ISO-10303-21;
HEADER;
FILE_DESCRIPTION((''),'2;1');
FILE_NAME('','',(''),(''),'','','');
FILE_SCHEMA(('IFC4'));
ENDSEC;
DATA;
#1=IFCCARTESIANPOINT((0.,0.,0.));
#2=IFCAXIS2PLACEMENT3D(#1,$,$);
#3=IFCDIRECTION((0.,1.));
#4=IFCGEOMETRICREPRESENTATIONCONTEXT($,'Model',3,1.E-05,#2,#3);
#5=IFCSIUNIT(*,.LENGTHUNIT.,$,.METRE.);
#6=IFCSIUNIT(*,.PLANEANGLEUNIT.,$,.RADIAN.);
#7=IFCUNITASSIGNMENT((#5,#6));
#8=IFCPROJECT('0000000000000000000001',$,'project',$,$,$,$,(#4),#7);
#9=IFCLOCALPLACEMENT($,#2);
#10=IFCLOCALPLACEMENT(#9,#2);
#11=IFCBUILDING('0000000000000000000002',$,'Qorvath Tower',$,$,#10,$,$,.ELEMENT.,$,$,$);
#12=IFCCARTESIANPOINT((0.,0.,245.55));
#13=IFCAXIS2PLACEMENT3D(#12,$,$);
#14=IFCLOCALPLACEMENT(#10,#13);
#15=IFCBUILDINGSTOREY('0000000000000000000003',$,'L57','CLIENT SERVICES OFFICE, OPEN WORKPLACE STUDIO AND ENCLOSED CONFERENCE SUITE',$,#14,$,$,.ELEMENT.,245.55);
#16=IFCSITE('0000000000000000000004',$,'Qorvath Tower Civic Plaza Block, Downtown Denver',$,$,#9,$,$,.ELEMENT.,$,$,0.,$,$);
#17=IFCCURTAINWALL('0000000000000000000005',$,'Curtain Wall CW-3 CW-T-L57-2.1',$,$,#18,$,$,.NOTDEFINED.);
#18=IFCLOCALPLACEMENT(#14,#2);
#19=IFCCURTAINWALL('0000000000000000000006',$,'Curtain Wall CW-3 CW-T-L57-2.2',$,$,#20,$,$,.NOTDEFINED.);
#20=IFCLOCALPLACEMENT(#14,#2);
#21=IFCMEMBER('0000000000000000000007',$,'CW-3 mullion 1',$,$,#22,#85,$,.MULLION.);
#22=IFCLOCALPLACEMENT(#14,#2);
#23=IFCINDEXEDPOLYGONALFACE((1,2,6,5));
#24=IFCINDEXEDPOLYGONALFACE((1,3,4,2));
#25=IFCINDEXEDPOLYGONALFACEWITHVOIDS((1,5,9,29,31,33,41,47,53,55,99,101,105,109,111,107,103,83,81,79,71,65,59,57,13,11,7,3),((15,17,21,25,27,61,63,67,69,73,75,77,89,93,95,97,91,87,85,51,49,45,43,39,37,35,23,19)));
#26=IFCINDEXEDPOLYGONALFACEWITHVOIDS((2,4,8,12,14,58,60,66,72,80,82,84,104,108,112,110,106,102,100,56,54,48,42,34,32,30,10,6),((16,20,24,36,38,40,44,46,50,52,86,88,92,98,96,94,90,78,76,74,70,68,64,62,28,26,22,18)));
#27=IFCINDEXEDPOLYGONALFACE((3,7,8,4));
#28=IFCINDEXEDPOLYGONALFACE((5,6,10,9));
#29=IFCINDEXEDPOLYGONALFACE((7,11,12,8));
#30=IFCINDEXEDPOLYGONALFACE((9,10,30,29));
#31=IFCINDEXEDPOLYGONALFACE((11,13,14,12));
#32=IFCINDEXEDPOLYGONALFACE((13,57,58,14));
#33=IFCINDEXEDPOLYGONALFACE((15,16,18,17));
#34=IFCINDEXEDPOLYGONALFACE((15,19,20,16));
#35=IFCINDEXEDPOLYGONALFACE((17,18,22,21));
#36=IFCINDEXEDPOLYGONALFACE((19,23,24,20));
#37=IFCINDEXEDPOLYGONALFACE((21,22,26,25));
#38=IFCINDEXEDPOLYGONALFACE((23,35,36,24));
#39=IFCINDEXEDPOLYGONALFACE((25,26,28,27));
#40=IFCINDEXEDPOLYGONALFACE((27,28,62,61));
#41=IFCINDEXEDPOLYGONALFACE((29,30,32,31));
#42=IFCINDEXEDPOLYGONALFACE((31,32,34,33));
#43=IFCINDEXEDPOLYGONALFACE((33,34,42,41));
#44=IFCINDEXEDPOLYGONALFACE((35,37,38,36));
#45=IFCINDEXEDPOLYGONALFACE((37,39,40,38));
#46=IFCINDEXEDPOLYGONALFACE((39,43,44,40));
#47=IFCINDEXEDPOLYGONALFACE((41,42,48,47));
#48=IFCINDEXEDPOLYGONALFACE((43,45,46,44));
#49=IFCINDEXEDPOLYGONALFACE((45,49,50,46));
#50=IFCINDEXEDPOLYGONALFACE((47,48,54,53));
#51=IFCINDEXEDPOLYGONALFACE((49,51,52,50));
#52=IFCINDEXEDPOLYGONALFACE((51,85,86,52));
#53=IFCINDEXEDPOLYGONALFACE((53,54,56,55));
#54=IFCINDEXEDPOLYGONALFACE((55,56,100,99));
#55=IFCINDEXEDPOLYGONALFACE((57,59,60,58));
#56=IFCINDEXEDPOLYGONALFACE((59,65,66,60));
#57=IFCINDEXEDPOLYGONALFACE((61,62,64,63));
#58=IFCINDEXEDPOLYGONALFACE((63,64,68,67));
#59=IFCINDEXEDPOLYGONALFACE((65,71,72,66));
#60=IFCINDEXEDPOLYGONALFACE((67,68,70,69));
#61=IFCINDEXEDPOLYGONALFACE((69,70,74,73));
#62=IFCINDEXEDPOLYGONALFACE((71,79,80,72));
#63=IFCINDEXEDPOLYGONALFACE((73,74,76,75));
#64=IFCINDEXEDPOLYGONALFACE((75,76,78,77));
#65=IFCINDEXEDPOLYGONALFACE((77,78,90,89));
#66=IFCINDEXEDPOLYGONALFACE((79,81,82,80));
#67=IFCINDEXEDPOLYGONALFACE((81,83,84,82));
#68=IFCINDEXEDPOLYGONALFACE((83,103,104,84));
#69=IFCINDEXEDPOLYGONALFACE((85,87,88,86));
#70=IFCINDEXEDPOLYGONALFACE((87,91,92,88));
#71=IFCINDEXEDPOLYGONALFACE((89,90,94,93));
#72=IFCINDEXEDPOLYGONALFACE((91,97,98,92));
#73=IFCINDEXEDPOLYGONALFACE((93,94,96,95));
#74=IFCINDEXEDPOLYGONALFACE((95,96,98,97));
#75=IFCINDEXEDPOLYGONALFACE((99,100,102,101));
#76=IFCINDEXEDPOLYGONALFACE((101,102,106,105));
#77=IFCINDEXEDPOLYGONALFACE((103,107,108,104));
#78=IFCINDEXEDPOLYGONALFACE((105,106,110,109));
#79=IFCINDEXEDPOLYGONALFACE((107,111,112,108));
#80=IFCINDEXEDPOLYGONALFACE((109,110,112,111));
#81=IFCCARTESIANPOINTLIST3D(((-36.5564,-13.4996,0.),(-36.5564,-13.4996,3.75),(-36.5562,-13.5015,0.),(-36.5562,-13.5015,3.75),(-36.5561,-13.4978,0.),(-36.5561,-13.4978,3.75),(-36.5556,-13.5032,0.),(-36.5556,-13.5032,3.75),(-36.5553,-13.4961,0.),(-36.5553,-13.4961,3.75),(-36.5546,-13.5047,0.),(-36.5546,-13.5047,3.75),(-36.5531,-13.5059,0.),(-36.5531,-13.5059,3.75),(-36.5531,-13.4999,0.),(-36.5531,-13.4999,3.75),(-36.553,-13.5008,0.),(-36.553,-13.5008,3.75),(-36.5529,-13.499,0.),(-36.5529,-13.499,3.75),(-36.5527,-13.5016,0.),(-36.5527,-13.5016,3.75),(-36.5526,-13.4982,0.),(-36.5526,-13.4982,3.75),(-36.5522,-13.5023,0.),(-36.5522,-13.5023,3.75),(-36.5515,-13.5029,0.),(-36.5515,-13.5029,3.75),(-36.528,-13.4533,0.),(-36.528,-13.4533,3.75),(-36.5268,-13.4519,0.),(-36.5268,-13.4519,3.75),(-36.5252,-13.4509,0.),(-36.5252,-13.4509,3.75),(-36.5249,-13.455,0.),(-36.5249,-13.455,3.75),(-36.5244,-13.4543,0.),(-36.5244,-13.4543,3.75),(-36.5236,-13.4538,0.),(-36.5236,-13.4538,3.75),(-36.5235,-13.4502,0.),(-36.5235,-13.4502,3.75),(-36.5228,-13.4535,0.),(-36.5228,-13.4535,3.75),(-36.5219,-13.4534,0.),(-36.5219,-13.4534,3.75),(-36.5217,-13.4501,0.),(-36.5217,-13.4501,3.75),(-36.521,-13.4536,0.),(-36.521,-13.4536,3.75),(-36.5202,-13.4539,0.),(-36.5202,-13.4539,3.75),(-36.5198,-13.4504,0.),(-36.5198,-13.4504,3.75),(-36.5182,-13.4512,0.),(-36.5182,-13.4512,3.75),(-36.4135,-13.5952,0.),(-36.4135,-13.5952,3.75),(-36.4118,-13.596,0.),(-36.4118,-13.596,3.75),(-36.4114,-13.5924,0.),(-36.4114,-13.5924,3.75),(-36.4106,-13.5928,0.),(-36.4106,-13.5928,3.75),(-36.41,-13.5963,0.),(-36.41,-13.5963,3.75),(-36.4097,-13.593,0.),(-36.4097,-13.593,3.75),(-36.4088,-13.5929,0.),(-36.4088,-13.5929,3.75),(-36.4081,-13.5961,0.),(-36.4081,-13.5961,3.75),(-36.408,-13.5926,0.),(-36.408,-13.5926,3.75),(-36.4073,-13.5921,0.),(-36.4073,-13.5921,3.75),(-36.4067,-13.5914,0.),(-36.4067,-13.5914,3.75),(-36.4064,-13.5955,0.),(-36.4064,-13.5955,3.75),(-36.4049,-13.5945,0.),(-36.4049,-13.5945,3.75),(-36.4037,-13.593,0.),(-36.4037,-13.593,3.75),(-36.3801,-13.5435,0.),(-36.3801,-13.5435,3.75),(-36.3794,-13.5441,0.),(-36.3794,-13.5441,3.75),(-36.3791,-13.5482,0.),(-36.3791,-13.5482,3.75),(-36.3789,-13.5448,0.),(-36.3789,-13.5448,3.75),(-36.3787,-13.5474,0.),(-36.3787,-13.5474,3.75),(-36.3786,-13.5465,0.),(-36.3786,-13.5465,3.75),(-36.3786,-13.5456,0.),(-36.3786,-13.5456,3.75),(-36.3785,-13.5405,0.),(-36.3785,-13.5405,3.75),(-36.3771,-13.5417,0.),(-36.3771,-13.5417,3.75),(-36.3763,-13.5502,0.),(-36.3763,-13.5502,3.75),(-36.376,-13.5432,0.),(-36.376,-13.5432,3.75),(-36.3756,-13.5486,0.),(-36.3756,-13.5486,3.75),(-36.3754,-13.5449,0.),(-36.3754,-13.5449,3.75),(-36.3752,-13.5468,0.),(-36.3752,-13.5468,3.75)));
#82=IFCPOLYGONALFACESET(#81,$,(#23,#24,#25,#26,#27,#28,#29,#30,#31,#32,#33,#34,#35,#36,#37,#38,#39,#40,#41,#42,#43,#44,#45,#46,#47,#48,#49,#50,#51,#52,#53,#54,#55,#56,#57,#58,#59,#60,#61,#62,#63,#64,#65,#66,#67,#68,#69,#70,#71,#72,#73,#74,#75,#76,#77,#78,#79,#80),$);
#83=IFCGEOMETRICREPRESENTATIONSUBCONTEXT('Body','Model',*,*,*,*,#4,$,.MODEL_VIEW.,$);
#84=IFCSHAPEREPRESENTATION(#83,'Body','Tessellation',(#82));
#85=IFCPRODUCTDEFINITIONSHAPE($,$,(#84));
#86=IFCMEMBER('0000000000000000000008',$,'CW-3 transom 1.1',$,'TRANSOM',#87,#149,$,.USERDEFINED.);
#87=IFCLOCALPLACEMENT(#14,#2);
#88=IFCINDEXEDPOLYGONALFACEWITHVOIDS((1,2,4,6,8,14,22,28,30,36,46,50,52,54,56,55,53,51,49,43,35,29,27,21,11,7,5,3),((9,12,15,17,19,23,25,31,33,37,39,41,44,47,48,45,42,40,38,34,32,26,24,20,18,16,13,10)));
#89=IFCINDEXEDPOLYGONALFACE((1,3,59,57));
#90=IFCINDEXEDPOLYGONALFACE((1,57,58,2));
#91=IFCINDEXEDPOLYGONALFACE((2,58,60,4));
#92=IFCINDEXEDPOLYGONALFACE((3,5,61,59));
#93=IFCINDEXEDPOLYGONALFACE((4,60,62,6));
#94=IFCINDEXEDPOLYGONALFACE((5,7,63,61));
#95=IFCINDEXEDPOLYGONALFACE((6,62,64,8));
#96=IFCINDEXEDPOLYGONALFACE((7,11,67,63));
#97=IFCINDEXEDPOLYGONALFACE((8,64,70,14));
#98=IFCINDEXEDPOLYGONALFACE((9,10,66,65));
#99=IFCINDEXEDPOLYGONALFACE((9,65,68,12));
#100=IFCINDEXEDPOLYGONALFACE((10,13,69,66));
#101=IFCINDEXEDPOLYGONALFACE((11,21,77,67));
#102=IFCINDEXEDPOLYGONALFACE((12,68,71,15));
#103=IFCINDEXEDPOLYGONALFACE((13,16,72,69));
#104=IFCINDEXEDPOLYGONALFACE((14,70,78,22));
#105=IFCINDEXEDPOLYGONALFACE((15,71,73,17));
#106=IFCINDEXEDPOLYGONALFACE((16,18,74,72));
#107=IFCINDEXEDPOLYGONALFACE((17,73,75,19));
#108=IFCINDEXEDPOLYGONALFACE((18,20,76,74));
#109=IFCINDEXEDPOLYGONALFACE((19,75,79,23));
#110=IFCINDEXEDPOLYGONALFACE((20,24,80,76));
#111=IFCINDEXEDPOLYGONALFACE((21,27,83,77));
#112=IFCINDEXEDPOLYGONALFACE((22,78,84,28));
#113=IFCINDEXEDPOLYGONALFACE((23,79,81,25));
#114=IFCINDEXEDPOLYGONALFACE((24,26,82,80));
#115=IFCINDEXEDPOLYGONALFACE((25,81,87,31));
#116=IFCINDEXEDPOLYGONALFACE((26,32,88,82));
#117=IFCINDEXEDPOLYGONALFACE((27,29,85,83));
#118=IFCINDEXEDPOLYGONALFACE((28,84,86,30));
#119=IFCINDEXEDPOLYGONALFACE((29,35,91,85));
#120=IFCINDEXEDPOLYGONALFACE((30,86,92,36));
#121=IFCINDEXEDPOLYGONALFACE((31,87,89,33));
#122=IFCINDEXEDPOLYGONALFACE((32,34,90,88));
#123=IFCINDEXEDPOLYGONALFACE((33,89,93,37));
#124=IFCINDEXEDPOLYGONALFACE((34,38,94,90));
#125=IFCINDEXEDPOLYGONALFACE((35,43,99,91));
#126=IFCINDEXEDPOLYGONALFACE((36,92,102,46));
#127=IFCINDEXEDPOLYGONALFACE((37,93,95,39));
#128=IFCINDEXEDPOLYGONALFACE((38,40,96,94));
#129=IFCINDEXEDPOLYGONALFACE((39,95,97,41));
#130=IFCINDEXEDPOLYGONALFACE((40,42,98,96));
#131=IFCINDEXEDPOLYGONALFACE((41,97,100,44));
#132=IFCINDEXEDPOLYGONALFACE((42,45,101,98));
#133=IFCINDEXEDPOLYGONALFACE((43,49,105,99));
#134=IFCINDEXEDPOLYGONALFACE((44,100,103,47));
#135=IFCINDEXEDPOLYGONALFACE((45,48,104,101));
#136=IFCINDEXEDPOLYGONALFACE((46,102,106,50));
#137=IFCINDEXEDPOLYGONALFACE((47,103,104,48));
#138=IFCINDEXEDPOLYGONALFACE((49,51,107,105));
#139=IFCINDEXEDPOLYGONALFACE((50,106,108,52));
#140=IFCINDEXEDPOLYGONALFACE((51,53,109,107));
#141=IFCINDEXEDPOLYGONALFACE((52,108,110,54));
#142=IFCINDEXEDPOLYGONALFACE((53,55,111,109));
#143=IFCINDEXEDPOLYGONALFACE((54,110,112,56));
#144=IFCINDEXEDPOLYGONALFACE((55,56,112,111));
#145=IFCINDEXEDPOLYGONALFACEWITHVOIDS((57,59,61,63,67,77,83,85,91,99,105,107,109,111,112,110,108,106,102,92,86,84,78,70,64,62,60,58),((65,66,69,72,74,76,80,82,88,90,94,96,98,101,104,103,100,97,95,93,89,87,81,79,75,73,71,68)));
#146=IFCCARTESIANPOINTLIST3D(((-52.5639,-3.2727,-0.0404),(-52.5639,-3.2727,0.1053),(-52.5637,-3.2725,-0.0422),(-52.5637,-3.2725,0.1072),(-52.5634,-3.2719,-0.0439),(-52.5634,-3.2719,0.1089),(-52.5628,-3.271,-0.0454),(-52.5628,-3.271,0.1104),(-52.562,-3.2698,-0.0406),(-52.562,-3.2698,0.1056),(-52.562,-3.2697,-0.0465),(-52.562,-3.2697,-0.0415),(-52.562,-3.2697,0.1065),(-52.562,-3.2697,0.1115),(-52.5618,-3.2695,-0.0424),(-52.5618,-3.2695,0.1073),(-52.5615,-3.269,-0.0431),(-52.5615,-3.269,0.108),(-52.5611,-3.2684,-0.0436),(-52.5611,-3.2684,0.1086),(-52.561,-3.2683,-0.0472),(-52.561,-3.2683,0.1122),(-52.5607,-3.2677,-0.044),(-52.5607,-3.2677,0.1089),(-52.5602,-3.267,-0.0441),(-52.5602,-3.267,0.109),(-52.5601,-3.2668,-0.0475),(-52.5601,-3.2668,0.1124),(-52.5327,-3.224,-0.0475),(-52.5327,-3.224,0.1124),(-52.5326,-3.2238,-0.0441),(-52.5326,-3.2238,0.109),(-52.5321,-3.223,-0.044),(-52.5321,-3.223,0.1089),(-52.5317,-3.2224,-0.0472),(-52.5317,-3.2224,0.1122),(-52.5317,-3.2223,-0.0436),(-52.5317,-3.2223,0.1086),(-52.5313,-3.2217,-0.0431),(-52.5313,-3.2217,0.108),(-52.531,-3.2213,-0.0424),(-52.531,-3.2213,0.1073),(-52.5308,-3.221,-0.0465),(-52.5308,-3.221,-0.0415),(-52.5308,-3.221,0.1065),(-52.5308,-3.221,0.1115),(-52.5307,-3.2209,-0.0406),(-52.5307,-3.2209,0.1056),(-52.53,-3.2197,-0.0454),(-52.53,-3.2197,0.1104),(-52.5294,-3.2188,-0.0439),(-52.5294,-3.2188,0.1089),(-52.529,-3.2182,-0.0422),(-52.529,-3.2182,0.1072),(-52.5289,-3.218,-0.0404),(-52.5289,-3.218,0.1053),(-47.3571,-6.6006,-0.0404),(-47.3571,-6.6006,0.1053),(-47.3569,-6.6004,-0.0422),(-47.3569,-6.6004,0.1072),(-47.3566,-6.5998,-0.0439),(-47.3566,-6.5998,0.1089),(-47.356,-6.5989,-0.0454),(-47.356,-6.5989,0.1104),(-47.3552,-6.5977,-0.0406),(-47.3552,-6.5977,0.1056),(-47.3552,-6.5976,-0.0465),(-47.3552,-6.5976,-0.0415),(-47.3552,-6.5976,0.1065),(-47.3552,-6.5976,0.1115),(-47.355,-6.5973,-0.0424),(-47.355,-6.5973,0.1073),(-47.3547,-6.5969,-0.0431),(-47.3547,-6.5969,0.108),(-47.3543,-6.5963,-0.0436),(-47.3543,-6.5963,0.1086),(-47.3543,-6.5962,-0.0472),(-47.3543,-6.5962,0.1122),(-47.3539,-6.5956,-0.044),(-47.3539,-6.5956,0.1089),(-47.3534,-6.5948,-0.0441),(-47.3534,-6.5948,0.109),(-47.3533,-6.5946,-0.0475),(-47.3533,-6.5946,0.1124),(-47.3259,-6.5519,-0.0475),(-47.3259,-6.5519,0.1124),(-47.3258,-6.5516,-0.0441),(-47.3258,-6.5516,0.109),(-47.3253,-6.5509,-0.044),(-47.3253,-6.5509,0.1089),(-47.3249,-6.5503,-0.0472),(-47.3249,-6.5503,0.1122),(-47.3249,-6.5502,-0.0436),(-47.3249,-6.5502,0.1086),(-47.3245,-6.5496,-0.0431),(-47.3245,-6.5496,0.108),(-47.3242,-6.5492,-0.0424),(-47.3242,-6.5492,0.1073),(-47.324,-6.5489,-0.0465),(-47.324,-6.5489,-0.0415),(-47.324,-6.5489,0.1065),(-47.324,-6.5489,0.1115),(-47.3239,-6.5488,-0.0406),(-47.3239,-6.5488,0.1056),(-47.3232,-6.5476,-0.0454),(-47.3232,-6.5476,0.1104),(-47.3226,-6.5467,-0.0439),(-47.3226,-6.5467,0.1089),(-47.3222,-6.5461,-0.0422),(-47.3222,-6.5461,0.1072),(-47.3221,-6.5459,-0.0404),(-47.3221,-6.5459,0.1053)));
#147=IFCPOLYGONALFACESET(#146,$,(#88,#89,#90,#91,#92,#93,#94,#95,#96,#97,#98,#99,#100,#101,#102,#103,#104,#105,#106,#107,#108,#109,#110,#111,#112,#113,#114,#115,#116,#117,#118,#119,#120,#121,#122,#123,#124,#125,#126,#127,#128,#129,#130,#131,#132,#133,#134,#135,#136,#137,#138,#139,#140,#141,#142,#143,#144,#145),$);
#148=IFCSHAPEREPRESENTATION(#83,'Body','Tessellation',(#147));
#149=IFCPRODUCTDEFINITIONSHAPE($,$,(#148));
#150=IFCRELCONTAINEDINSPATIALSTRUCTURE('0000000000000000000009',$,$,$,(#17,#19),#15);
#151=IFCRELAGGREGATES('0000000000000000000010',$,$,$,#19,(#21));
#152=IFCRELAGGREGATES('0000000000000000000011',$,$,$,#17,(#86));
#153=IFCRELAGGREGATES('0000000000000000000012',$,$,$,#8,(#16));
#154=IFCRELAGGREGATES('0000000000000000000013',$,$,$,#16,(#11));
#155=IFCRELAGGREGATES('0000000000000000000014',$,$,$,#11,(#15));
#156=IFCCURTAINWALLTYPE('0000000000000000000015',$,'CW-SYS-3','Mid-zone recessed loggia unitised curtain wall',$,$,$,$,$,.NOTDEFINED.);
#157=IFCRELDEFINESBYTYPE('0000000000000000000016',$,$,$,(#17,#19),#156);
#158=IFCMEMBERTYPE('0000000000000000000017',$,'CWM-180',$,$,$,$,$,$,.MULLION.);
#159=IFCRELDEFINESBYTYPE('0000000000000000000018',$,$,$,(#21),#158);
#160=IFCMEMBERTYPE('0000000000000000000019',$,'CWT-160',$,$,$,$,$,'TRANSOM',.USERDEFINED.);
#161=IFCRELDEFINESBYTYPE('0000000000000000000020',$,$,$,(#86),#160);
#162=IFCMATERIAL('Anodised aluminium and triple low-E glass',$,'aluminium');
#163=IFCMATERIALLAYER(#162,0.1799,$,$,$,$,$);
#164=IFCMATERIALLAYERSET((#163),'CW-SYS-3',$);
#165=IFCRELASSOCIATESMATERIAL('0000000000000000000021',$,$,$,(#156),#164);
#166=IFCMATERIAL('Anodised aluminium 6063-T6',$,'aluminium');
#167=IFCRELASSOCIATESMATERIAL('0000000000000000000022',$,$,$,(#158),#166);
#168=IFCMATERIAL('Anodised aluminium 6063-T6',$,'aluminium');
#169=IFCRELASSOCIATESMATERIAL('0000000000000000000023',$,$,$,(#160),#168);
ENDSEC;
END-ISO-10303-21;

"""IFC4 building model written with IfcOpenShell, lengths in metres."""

from ifc_helpers import new_model, si_unit, direction, frame, origin, origin_2d, place, context, subcontext, project, spatial, hollow_rectangle, extrude, material, layer, layer_set, material_profile, profile_set, type_object, element, aggregate, save


model = new_model("IFC4")

# Units and contexts
model_context = context("Model", 3, precision=1e-05, world=origin(), true_north=direction((0.0, 1.0)))
body_context = subcontext(model_context, "Body", "Model", "MODEL_VIEW")
ifc_project = project(units=[si_unit("LENGTHUNIT", "METRE"), si_unit("PLANEANGLEUNIT", "RADIAN")], contexts=[model_context])

# Site, building, storey
site_placement = place(None, origin())
site = spatial("IfcSite", under=ifc_project, at=site_placement, Name="Qorvath Tower Civic Plaza Block, Downtown Denver", CompositionType="ELEMENT", RefElevation=0.0)
building_placement = place(site_placement, origin())
building = spatial("IfcBuilding", under=site, at=building_placement, Name="Qorvath Tower", CompositionType="ELEMENT")
storey_placement = place(building_placement, frame((0.0, 0.0, 245.55)))
storey = spatial("IfcBuildingStorey", under=building, at=storey_placement, Name="L57", Description="CLIENT SERVICES OFFICE, OPEN WORKPLACE STUDIO AND ENCLOSED CONFERENCE SUITE", CompositionType="ELEMENT", Elevation=245.55)

# Curtain wall
ifc_material_1 = material(Name="Anodised aluminium and triple low-E glass", Category="aluminium")
ifc_layer_1 = layer(ifc_material_1, 0.1799)
ifc_layer_set_1 = layer_set([ifc_layer_1], Name="CW-SYS-3")
curtain_wall_type = type_object("IfcCurtainWallType", Name="CW-SYS-3", Description="Mid-zone recessed loggia unitised curtain wall", PredefinedType="NOTDEFINED", material=ifc_layer_set_1)
curtain_wall_1_placement = place(storey_placement, origin())
curtain_wall_1 = element("IfcCurtainWall", 1, at=curtain_wall_1_placement, inside=storey, type_object=curtain_wall_type, Name="Curtain Wall CW-3 CW-T-L57-2.1", PredefinedType="NOTDEFINED")
ifc_material_2 = material(Name="Anodised aluminium 6063-T6", Category="aluminium")
ifc_material_profile_1 = material_profile(ifc_material_2, hollow_rectangle(XDim=0.0649, YDim=0.1799, WallThickness=0.0034, InnerFilletRadius=0.0034, OuterFilletRadius=0.0071, at=origin_2d()), Name="CWM 180x65")
ifc_profile_set_1 = profile_set([ifc_material_profile_1], Name="Anodised aluminium 6063-T6")
member_type_1 = type_object("IfcMemberType", Name="CWM-180", PredefinedType="MULLION", material=ifc_profile_set_1)

# Curtain wall, member
curtain_wall_2_placement = place(storey_placement, origin())
curtain_wall_2 = element("IfcCurtainWall", 2, at=curtain_wall_2_placement, inside=storey, type_object=curtain_wall_type, Name="Curtain Wall CW-3 CW-T-L57-2.2", PredefinedType="NOTDEFINED")
member_1_placement = place(storey_placement, frame((-36.4658, -13.5232, 0.0), z_axis=(0.0, 0.0, 1.0), x_axis=(0.53853, 0.842606, 0.0)))
member_1 = element("IfcMember", 3, at=member_1_placement, type_object=member_type_1, Name="CW-3 mullion 1", PredefinedType="MULLION", context=body_context, shape_type="SweptSolid", body=[
    extrude(hollow_rectangle(XDim=0.0649, YDim=0.1799, WallThickness=0.0034, InnerFilletRadius=0.0034, OuterFilletRadius=0.0071, at=origin_2d()), origin(), (0.0, 0.0, 1.0), 3.75),
])

# Member
ifc_material_3 = material(Name="Anodised aluminium 6063-T6", Category="aluminium")
ifc_material_profile_2 = material_profile(ifc_material_3, hollow_rectangle(XDim=0.0649, YDim=0.1599, WallThickness=0.0034, InnerFilletRadius=0.0034, OuterFilletRadius=0.0071, at=origin_2d()), Name="CWT 160x65")
ifc_profile_set_2 = profile_set([ifc_material_profile_2], Name="Anodised aluminium 6063-T6")
member_type_2 = type_object("IfcMemberType", Name="CWT-160", ElementType="TRANSOM", PredefinedType="USERDEFINED", material=ifc_profile_set_2)
member_2_placement = place(storey_placement, frame((-52.5464, -3.2454, 0.0325), z_axis=(0.842599, -0.538541, 0.0), x_axis=(0.538541, 0.842599, 0.0)))
member_2 = element("IfcMember", 4, at=member_2_placement, type_object=member_type_2, Name="CW-3 transom 1.1", ObjectType="TRANSOM", PredefinedType="USERDEFINED", context=body_context, shape_type="SweptSolid", body=[
    extrude(hollow_rectangle(XDim=0.0649, YDim=0.1599, WallThickness=0.0034, InnerFilletRadius=0.0034, OuterFilletRadius=0.0071, at=origin_2d()), origin(), (0.0, 0.0, 1.0), 6.1794),
])
aggregate(curtain_wall_2, [member_1])

aggregate(curtain_wall_1, [member_2])

save(model, "model.ifc")
